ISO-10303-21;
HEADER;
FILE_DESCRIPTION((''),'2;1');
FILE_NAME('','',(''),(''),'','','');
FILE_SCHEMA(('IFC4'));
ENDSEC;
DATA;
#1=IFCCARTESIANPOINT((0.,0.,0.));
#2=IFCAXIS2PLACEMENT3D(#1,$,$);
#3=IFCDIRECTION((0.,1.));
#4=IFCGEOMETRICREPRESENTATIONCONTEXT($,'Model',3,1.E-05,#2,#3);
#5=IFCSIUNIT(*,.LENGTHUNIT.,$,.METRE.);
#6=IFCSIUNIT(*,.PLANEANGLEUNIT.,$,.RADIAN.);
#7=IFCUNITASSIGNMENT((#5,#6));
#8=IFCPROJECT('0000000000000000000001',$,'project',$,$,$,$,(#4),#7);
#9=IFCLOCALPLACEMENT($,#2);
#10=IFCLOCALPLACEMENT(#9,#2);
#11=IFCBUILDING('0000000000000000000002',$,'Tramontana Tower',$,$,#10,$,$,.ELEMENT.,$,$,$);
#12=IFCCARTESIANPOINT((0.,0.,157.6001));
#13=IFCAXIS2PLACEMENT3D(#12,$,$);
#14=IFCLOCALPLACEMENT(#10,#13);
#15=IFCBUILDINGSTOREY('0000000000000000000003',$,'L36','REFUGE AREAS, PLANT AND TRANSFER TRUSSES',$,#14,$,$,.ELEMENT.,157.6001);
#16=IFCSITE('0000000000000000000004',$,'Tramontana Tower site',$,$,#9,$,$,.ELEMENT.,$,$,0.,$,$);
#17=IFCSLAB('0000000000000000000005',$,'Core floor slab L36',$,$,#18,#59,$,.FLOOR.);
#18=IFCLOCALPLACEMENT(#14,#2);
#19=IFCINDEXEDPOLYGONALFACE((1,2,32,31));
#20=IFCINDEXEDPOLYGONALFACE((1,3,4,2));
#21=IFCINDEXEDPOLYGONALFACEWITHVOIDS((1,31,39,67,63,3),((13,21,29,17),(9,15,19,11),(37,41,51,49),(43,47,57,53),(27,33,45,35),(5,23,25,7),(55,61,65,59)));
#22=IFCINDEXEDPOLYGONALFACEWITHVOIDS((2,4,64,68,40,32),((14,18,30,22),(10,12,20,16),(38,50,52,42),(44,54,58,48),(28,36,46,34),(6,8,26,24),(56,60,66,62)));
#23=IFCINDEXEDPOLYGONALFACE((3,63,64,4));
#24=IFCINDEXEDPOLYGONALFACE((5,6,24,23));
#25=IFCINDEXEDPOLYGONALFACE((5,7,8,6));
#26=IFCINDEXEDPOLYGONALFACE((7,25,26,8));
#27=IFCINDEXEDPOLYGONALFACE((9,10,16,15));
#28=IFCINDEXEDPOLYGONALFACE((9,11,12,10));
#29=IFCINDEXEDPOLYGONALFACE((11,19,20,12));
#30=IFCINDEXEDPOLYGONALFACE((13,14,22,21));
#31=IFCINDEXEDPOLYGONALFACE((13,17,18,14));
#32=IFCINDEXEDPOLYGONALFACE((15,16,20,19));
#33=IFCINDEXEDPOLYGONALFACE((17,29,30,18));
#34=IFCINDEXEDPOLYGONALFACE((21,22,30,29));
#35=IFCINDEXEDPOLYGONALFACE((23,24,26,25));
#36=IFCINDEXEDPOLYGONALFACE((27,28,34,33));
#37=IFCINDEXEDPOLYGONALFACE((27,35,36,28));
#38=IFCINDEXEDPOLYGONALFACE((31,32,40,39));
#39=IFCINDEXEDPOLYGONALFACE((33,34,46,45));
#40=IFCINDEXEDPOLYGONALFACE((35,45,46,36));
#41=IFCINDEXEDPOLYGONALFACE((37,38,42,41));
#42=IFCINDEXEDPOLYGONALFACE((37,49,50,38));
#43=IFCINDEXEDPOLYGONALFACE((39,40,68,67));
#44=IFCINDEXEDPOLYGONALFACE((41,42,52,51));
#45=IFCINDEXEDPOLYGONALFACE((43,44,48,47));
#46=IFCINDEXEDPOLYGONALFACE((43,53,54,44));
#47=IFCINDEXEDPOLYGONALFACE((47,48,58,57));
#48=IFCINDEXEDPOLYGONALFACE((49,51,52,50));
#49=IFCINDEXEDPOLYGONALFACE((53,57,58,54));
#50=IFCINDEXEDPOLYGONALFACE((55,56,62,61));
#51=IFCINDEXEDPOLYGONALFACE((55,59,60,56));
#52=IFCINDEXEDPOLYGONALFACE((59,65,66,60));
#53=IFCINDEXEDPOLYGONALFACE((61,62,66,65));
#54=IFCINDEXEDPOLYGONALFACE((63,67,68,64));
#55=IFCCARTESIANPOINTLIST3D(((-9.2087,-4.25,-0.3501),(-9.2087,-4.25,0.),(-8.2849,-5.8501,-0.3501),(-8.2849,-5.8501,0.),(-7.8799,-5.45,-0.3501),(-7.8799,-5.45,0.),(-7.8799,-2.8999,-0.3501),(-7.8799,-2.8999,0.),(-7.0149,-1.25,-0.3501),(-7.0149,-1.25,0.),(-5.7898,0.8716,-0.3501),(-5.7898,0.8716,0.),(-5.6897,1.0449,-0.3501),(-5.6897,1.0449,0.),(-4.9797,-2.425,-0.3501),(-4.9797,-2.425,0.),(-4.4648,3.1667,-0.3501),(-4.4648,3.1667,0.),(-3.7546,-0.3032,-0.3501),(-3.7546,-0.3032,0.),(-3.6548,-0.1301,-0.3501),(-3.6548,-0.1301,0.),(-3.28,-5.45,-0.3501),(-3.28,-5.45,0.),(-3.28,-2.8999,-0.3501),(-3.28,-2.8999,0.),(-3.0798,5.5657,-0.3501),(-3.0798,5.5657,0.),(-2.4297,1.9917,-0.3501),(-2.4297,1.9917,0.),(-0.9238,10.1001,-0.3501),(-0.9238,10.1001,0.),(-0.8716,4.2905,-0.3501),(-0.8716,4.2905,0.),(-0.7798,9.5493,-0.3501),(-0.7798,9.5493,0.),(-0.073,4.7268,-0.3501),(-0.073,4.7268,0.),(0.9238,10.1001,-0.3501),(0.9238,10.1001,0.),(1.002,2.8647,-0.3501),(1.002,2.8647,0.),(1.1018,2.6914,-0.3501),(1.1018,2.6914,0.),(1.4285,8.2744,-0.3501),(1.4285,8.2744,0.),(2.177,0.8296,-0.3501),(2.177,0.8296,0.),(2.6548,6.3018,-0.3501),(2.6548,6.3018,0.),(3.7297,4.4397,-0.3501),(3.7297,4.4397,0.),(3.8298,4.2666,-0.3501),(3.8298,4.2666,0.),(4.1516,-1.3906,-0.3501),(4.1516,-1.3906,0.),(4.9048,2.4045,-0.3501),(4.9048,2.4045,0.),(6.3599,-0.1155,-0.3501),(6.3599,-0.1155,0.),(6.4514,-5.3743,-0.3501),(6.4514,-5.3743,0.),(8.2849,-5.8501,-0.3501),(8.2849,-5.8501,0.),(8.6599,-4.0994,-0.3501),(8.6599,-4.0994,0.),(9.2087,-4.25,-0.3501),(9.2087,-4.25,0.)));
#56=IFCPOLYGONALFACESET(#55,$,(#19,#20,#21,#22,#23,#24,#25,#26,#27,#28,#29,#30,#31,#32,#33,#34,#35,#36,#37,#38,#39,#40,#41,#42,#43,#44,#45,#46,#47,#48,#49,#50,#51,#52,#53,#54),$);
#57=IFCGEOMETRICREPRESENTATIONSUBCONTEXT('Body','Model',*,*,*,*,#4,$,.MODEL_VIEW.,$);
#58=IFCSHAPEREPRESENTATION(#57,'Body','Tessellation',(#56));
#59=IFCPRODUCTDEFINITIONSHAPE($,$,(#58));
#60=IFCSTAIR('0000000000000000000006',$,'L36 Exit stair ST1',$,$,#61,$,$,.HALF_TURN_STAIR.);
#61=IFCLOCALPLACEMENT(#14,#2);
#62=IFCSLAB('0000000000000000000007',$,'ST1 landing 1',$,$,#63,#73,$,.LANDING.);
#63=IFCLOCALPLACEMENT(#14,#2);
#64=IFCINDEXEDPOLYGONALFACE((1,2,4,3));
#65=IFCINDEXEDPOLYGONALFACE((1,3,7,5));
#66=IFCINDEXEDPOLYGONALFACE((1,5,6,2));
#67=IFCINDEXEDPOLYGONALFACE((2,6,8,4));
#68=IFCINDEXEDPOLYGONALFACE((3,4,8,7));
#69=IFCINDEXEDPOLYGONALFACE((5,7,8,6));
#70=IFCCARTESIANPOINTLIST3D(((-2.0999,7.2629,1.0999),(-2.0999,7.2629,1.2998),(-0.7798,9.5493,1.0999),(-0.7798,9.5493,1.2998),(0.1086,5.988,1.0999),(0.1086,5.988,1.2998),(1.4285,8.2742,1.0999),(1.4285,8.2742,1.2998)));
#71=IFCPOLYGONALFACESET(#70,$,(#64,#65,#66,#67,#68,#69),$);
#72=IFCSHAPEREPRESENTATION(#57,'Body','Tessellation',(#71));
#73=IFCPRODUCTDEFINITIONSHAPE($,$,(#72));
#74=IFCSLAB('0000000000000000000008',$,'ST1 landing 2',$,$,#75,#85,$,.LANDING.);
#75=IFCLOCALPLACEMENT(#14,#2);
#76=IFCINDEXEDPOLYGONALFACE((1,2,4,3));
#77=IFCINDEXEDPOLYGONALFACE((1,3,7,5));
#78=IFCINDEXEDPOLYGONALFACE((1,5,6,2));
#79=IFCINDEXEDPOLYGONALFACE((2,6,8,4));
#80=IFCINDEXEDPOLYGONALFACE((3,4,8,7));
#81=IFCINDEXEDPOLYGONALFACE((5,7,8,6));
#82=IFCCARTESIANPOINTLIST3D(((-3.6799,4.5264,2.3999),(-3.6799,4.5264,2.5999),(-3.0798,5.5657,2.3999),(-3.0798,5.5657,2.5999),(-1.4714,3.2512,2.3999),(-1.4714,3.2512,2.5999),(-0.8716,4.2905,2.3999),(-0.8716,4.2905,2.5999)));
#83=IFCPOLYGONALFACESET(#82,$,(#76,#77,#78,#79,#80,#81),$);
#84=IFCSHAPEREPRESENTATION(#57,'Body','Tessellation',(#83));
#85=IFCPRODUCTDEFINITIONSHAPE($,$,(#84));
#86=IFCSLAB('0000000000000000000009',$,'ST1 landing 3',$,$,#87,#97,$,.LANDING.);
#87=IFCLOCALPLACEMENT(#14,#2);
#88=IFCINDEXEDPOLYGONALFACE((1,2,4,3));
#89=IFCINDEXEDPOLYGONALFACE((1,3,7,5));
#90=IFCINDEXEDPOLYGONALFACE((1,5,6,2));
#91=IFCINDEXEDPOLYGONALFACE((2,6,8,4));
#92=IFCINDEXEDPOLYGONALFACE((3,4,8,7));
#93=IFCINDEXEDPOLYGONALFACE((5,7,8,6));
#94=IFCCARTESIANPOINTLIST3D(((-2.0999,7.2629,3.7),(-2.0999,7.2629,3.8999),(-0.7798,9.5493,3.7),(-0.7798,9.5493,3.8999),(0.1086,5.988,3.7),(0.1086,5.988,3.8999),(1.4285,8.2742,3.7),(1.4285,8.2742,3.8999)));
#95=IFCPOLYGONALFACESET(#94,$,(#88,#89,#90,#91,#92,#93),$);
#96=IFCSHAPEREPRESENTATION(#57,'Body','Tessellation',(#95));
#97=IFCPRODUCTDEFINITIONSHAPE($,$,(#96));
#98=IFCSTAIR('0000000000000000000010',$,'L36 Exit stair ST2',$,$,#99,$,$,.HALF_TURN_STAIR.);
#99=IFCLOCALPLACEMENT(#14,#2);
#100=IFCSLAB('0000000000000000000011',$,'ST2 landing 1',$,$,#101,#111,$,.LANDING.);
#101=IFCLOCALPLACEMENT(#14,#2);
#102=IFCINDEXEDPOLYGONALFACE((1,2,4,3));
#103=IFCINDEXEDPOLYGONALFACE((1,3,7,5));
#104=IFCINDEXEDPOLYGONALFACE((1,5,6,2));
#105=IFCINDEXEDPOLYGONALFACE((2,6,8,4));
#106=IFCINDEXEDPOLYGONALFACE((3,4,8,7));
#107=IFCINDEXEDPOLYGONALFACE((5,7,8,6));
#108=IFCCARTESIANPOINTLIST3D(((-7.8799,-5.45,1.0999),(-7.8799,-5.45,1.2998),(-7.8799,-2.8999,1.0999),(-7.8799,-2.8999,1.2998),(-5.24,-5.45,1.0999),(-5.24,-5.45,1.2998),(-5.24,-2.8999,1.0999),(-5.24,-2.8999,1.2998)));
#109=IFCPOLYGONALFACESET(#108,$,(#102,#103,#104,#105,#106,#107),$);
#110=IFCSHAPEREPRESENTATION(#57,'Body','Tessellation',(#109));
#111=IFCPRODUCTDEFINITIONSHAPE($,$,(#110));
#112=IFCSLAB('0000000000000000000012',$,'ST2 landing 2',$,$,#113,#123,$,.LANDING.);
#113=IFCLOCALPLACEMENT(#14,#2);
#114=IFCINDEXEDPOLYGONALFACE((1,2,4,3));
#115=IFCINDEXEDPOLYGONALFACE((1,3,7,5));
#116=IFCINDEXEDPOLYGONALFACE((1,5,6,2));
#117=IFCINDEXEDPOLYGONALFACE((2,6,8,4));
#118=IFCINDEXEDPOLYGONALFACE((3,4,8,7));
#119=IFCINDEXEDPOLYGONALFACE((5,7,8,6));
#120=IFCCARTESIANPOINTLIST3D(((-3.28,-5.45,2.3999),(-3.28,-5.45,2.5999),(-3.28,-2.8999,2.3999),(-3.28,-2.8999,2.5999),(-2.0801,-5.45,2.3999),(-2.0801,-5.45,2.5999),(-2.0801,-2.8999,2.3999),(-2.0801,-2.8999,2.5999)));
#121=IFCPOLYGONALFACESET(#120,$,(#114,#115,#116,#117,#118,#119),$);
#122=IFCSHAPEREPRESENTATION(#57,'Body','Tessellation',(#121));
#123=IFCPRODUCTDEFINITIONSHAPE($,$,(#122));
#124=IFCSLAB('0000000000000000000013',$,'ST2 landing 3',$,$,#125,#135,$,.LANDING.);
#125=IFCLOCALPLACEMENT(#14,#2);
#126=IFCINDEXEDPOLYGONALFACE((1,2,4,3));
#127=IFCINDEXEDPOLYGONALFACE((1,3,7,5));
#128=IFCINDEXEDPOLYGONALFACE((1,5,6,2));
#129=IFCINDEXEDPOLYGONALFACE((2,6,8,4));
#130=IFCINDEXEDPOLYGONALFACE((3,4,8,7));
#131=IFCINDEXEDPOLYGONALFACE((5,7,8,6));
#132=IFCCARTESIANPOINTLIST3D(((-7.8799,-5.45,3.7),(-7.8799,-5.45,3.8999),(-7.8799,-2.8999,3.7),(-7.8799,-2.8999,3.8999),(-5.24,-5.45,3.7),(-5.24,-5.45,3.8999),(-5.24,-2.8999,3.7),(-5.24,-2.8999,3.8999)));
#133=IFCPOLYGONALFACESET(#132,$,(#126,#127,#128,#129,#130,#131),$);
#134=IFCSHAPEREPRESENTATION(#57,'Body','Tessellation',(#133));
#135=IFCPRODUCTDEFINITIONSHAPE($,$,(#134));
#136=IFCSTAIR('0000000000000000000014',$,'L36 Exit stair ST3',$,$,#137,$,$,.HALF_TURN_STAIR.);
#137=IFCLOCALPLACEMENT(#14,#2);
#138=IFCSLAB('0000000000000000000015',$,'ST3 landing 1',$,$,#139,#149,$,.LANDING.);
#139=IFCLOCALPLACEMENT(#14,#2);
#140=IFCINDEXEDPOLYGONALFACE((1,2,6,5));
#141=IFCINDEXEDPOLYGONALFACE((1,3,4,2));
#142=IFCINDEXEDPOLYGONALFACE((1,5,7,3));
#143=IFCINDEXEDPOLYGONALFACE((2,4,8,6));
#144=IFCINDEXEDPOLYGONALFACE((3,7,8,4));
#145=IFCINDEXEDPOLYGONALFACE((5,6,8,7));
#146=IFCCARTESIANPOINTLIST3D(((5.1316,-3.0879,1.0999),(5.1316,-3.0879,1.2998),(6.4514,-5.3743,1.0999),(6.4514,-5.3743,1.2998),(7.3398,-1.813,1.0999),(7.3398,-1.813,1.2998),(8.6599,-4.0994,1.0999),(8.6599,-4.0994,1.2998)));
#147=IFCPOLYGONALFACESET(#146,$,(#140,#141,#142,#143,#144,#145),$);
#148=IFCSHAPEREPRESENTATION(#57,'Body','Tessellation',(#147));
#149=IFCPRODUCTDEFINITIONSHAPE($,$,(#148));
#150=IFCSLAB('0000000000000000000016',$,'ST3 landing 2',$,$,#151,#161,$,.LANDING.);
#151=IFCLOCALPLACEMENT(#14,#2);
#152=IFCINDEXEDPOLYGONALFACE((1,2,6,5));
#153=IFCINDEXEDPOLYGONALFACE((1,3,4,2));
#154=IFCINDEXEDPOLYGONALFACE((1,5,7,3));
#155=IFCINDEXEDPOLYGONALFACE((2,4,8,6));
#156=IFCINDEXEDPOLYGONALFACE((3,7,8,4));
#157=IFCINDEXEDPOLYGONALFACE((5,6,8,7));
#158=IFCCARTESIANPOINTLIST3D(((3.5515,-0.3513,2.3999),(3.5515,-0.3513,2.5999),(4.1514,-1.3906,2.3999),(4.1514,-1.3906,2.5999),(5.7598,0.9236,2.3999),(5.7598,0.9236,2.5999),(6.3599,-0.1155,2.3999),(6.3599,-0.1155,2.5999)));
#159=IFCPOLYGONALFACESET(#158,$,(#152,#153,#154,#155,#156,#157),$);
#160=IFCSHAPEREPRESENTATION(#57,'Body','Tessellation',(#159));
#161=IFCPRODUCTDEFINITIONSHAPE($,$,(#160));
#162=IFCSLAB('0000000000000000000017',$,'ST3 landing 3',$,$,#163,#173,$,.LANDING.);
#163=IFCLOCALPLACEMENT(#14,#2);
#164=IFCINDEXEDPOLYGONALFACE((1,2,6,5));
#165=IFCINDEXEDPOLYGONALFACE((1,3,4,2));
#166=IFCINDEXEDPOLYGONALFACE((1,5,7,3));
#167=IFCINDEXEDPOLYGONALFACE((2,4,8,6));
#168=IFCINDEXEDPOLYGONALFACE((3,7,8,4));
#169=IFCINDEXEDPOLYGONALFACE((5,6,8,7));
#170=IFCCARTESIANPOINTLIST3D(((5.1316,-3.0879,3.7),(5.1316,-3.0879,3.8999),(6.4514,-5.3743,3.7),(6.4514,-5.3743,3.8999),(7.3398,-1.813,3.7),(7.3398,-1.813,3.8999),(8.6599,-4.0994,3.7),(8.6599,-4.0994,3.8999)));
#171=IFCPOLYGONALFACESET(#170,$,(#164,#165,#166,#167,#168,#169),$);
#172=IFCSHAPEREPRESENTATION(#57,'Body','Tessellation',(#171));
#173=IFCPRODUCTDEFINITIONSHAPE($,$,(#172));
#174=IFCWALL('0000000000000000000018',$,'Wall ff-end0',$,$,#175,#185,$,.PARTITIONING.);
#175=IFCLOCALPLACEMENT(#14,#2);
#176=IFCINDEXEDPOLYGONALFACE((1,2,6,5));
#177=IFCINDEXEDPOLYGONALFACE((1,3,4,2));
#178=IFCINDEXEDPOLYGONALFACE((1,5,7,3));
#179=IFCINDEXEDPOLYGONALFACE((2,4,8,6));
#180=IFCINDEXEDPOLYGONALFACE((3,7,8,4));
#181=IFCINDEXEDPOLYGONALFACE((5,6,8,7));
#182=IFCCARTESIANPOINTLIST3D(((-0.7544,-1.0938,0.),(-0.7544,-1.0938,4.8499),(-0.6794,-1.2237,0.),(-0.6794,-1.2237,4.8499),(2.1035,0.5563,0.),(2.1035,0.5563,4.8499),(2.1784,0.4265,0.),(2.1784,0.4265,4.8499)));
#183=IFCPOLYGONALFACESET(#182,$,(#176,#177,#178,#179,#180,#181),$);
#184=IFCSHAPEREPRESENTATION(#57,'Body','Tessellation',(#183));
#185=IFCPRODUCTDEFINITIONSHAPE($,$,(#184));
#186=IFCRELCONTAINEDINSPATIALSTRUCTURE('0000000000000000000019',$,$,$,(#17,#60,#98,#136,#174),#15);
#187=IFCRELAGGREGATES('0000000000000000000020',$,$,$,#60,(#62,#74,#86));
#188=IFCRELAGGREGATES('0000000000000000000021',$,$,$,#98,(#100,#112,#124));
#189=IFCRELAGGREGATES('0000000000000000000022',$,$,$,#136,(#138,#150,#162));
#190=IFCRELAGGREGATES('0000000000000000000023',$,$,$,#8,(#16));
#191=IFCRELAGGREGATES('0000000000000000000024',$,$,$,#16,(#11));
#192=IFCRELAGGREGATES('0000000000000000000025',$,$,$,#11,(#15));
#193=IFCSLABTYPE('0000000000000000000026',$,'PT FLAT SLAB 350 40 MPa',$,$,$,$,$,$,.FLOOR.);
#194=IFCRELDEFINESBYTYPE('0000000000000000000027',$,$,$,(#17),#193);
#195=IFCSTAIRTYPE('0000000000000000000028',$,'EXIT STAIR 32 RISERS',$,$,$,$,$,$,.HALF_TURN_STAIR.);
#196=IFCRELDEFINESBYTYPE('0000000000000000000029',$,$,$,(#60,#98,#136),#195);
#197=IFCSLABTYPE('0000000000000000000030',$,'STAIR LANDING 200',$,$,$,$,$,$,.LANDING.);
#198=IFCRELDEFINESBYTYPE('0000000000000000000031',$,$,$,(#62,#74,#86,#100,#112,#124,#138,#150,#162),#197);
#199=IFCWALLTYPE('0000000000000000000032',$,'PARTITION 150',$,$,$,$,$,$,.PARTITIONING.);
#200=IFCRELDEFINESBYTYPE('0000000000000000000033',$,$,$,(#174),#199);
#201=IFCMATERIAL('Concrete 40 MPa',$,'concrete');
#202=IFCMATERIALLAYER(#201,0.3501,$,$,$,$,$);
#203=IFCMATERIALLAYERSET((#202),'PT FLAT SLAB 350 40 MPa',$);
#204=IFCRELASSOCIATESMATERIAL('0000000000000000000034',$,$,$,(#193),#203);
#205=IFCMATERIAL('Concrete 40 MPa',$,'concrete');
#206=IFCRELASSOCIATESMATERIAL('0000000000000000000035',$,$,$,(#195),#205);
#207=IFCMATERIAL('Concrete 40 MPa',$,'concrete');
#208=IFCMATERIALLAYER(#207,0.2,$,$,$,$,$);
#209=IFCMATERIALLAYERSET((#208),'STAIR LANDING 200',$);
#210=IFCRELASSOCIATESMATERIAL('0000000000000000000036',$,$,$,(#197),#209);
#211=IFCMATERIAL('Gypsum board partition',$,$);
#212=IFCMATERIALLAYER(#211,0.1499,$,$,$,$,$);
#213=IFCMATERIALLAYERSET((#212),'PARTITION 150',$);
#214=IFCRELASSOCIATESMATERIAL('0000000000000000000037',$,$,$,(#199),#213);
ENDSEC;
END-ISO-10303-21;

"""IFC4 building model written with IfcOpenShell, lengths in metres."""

from ifc_helpers import new_model, si_unit, direction, frame, frame_2d, origin, place, context, subcontext, project, spatial, polyline, rectangle, outline, extrude, material, layer, layer_set, type_object, element, aggregate, save


model = new_model("IFC4")

# Units and contexts
model_context = context("Model", 3, precision=1e-05, world=origin(), true_north=direction((0.0, 1.0)))
body_context = subcontext(model_context, "Body", "Model", "MODEL_VIEW")
ifc_project = project(units=[si_unit("LENGTHUNIT", "METRE"), si_unit("PLANEANGLEUNIT", "RADIAN")], contexts=[model_context])

# Site, building, storey
site_placement = place(None, origin())
site = spatial("IfcSite", under=ifc_project, at=site_placement, Name="Tramontana Tower site", CompositionType="ELEMENT", RefElevation=0.0)
building_placement = place(site_placement, origin())
building = spatial("IfcBuilding", under=site, at=building_placement, Name="Tramontana Tower", CompositionType="ELEMENT")
storey_placement = place(building_placement, frame((0.0, 0.0, 157.6001)))
storey = spatial("IfcBuildingStorey", under=building, at=storey_placement, Name="L36", Description="REFUGE AREAS, PLANT AND TRANSFER TRUSSES", CompositionType="ELEMENT", Elevation=157.6001)

# Slab
ifc_material_1 = material(Name="Concrete 40 MPa", Category="concrete")
ifc_layer_1 = layer(ifc_material_1, 0.3501)
ifc_layer_set_1 = layer_set([ifc_layer_1], Name="PT FLAT SLAB 350 40 MPa")
slab_type_1 = type_object("IfcSlabType", Name="PT FLAT SLAB 350 40 MPa", PredefinedType="FLOOR", material=ifc_layer_set_1)
slab_1_placement = place(storey_placement, frame((0.0, 0.0, -0.3501)))
element("IfcSlab", 1, at=slab_1_placement, inside=storey, type_object=slab_type_1, Name="Core floor slab L36", PredefinedType="FLOOR", context=body_context, shape_type="SweptSolid", body=[
    extrude(outline(polyline([(9.2087, -4.25), (8.2849, -5.8501), (-8.2849, -5.8501), (-9.2087, -4.25), (-0.9238, 10.1001), (0.9238, 10.1001), (9.2087, -4.25)]), holes=[polyline([(8.6599, -4.0994), (6.3599, -0.1155), (4.1516, -1.3906), (6.4514, -5.3743), (8.6599, -4.0994)]), polyline([(3.8298, 4.2666), (1.1018, 2.6914), (2.177, 0.8296), (4.9048, 2.4045), (3.8298, 4.2666)]), polyline([(2.6548, 6.3018), (-0.073, 4.7268), (1.002, 2.8647), (3.7297, 4.4397), (2.6548, 6.3018)]), polyline([(-0.7798, 9.5493), (-3.0798, 5.5657), (-0.8716, 4.2905), (1.4285, 8.2744), (-0.7798, 9.5493)]), polyline([(-5.6897, 1.0449), (-3.6548, -0.1301), (-2.4297, 1.9917), (-4.4648, 3.1667), (-5.6897, 1.0449)]), polyline([(-3.28, -5.45), (-3.28, -2.8999), (-7.8799, -2.8999), (-7.8799, -5.45), (-3.28, -5.45)]), polyline([(-7.0149, -1.25), (-4.9797, -2.425), (-3.7546, -0.3032), (-5.7898, 0.8716), (-7.0149, -1.25)])]), origin(), (0.0, 0.0, 1.0), 0.3501),
])

# Stairs, slabs
ifc_material_2 = material(Name="Concrete 40 MPa", Category="concrete")
stair_type = type_object("IfcStairType", Name="EXIT STAIR 32 RISERS", PredefinedType="HALF_TURN_STAIR", material=ifc_material_2)
stair_1_placement = place(storey_placement, origin())
stair_1 = element("IfcStair", 2, at=stair_1_placement, inside=storey, type_object=stair_type, Name="L36 Exit stair ST1", PredefinedType="HALF_TURN_STAIR")
ifc_material_3 = material(Name="Concrete 40 MPa", Category="concrete")
ifc_layer_2 = layer(ifc_material_3, 0.2)
ifc_layer_set_2 = layer_set([ifc_layer_2], Name="STAIR LANDING 200")
slab_type_2 = type_object("IfcSlabType", Name="STAIR LANDING 200", PredefinedType="LANDING", material=ifc_layer_set_2)
slab_2_placement = place(storey_placement, frame((0.0, 0.0, 1.0999)))
slab_2 = element("IfcSlab", 3, at=slab_2_placement, type_object=slab_type_2, Name="ST1 landing 1", PredefinedType="LANDING", context=body_context, shape_type="SweptSolid", body=[
    extrude(outline(polyline([(0.1086, 5.988), (1.4285, 8.2742), (-0.7798, 9.5493), (-2.0999, 7.2629), (0.1086, 5.988)])), origin(), (0.0, 0.0, 1.0), 0.2),
])
slab_3_placement = place(storey_placement, frame((0.0, 0.0, 2.3999)))
slab_3 = element("IfcSlab", 4, at=slab_3_placement, type_object=slab_type_2, Name="ST1 landing 2", PredefinedType="LANDING", context=body_context, shape_type="SweptSolid", body=[
    extrude(outline(polyline([(-1.4714, 3.2512), (-0.8716, 4.2905), (-3.0798, 5.5657), (-3.6799, 4.5264), (-1.4714, 3.2512)])), origin(), (0.0, 0.0, 1.0), 0.2),
])
slab_4_placement = place(storey_placement, frame((0.0, 0.0, 3.7)))
slab_4 = element("IfcSlab", 5, at=slab_4_placement, type_object=slab_type_2, Name="ST1 landing 3", PredefinedType="LANDING", context=body_context, shape_type="SweptSolid", body=[
    extrude(outline(polyline([(0.1086, 5.988), (1.4285, 8.2742), (-0.7798, 9.5493), (-2.0999, 7.2629), (0.1086, 5.988)])), origin(), (0.0, 0.0, 1.0), 0.2),
])
aggregate(stair_1, [slab_2, slab_3, slab_4])
stair_2_placement = place(storey_placement, origin())
stair_2 = element("IfcStair", 6, at=stair_2_placement, inside=storey, type_object=stair_type, Name="L36 Exit stair ST2", PredefinedType="HALF_TURN_STAIR")
slab_5_placement = place(storey_placement, frame((0.0, 0.0, 1.0999)))
slab_5 = element("IfcSlab", 7, at=slab_5_placement, type_object=slab_type_2, Name="ST2 landing 1", PredefinedType="LANDING", context=body_context, shape_type="SweptSolid", body=[
    extrude(outline(polyline([(-5.24, -2.8999), (-7.8799, -2.8999), (-7.8799, -5.45), (-5.24, -5.45), (-5.24, -2.8999)])), origin(), (0.0, 0.0, 1.0), 0.2),
])
slab_6_placement = place(storey_placement, frame((0.0, 0.0, 2.3999)))
slab_6 = element("IfcSlab", 8, at=slab_6_placement, type_object=slab_type_2, Name="ST2 landing 2", PredefinedType="LANDING", context=body_context, shape_type="SweptSolid", body=[
    extrude(outline(polyline([(-2.0801, -2.8999), (-3.28, -2.8999), (-3.28, -5.45), (-2.0801, -5.45), (-2.0801, -2.8999)])), origin(), (0.0, 0.0, 1.0), 0.2),
])
slab_7_placement = place(storey_placement, frame((0.0, 0.0, 3.7)))
slab_7 = element("IfcSlab", 9, at=slab_7_placement, type_object=slab_type_2, Name="ST2 landing 3", PredefinedType="LANDING", context=body_context, shape_type="SweptSolid", body=[
    extrude(outline(polyline([(-5.24, -2.8999), (-7.8799, -2.8999), (-7.8799, -5.45), (-5.24, -5.45), (-5.24, -2.8999)])), origin(), (0.0, 0.0, 1.0), 0.2),
])
aggregate(stair_2, [slab_5, slab_6, slab_7])
stair_3_placement = place(storey_placement, origin())
stair_3 = element("IfcStair", 10, at=stair_3_placement, inside=storey, type_object=stair_type, Name="L36 Exit stair ST3", PredefinedType="HALF_TURN_STAIR")
slab_8_placement = place(storey_placement, frame((0.0, 0.0, 1.0999)))
slab_8 = element("IfcSlab", 11, at=slab_8_placement, type_object=slab_type_2, Name="ST3 landing 1", PredefinedType="LANDING", context=body_context, shape_type="SweptSolid", body=[
    extrude(outline(polyline([(5.1316, -3.0879), (6.4514, -5.3743), (8.6599, -4.0994), (7.3398, -1.813), (5.1316, -3.0879)])), origin(), (0.0, 0.0, 1.0), 0.2),
])
slab_9_placement = place(storey_placement, frame((0.0, 0.0, 2.3999)))
slab_9 = element("IfcSlab", 12, at=slab_9_placement, type_object=slab_type_2, Name="ST3 landing 2", PredefinedType="LANDING", context=body_context, shape_type="SweptSolid", body=[
    extrude(outline(polyline([(3.5515, -0.3513), (4.1514, -1.3906), (6.3599, -0.1155), (5.7598, 0.9236), (3.5515, -0.3513)])), origin(), (0.0, 0.0, 1.0), 0.2),
])
slab_10_placement = place(storey_placement, frame((0.0, 0.0, 3.7)))
slab_10 = element("IfcSlab", 13, at=slab_10_placement, type_object=slab_type_2, Name="ST3 landing 3", PredefinedType="LANDING", context=body_context, shape_type="SweptSolid", body=[
    extrude(outline(polyline([(5.1316, -3.0879), (6.4514, -5.3743), (8.6599, -4.0994), (7.3398, -1.813), (5.1316, -3.0879)])), origin(), (0.0, 0.0, 1.0), 0.2),
])

# Shared definitions
ifc_material_4 = material(Name="Gypsum board partition")
ifc_layer_3 = layer(ifc_material_4, 0.1499)
ifc_layer_set_3 = layer_set([ifc_layer_3], Name="PARTITION 150")
wall_type_1 = type_object("IfcWallType", Name="PARTITION 150", PredefinedType="PARTITIONING", material=ifc_layer_set_3)

# Wall
wall_1_placement = place(storey_placement, frame((-0.7168, -1.1587, 0.0), z_axis=(0.0, 0.0, 1.0), x_axis=(0.866008, 0.50003, 0.0)))
element("IfcWall", 14, at=wall_1_placement, inside=storey, type_object=wall_type_1, Name="Wall ff-end0", PredefinedType="PARTITIONING", context=body_context, shape_type="SweptSolid", body=[
    extrude(rectangle(XDim=3.3, YDim=0.1499, at=frame_2d((1.6499, 0.0))), origin(), (0.0, 0.0, 1.0), 4.8499),
])

aggregate(stair_3, [slab_8, slab_9, slab_10])

save(model, "model.ifc")
